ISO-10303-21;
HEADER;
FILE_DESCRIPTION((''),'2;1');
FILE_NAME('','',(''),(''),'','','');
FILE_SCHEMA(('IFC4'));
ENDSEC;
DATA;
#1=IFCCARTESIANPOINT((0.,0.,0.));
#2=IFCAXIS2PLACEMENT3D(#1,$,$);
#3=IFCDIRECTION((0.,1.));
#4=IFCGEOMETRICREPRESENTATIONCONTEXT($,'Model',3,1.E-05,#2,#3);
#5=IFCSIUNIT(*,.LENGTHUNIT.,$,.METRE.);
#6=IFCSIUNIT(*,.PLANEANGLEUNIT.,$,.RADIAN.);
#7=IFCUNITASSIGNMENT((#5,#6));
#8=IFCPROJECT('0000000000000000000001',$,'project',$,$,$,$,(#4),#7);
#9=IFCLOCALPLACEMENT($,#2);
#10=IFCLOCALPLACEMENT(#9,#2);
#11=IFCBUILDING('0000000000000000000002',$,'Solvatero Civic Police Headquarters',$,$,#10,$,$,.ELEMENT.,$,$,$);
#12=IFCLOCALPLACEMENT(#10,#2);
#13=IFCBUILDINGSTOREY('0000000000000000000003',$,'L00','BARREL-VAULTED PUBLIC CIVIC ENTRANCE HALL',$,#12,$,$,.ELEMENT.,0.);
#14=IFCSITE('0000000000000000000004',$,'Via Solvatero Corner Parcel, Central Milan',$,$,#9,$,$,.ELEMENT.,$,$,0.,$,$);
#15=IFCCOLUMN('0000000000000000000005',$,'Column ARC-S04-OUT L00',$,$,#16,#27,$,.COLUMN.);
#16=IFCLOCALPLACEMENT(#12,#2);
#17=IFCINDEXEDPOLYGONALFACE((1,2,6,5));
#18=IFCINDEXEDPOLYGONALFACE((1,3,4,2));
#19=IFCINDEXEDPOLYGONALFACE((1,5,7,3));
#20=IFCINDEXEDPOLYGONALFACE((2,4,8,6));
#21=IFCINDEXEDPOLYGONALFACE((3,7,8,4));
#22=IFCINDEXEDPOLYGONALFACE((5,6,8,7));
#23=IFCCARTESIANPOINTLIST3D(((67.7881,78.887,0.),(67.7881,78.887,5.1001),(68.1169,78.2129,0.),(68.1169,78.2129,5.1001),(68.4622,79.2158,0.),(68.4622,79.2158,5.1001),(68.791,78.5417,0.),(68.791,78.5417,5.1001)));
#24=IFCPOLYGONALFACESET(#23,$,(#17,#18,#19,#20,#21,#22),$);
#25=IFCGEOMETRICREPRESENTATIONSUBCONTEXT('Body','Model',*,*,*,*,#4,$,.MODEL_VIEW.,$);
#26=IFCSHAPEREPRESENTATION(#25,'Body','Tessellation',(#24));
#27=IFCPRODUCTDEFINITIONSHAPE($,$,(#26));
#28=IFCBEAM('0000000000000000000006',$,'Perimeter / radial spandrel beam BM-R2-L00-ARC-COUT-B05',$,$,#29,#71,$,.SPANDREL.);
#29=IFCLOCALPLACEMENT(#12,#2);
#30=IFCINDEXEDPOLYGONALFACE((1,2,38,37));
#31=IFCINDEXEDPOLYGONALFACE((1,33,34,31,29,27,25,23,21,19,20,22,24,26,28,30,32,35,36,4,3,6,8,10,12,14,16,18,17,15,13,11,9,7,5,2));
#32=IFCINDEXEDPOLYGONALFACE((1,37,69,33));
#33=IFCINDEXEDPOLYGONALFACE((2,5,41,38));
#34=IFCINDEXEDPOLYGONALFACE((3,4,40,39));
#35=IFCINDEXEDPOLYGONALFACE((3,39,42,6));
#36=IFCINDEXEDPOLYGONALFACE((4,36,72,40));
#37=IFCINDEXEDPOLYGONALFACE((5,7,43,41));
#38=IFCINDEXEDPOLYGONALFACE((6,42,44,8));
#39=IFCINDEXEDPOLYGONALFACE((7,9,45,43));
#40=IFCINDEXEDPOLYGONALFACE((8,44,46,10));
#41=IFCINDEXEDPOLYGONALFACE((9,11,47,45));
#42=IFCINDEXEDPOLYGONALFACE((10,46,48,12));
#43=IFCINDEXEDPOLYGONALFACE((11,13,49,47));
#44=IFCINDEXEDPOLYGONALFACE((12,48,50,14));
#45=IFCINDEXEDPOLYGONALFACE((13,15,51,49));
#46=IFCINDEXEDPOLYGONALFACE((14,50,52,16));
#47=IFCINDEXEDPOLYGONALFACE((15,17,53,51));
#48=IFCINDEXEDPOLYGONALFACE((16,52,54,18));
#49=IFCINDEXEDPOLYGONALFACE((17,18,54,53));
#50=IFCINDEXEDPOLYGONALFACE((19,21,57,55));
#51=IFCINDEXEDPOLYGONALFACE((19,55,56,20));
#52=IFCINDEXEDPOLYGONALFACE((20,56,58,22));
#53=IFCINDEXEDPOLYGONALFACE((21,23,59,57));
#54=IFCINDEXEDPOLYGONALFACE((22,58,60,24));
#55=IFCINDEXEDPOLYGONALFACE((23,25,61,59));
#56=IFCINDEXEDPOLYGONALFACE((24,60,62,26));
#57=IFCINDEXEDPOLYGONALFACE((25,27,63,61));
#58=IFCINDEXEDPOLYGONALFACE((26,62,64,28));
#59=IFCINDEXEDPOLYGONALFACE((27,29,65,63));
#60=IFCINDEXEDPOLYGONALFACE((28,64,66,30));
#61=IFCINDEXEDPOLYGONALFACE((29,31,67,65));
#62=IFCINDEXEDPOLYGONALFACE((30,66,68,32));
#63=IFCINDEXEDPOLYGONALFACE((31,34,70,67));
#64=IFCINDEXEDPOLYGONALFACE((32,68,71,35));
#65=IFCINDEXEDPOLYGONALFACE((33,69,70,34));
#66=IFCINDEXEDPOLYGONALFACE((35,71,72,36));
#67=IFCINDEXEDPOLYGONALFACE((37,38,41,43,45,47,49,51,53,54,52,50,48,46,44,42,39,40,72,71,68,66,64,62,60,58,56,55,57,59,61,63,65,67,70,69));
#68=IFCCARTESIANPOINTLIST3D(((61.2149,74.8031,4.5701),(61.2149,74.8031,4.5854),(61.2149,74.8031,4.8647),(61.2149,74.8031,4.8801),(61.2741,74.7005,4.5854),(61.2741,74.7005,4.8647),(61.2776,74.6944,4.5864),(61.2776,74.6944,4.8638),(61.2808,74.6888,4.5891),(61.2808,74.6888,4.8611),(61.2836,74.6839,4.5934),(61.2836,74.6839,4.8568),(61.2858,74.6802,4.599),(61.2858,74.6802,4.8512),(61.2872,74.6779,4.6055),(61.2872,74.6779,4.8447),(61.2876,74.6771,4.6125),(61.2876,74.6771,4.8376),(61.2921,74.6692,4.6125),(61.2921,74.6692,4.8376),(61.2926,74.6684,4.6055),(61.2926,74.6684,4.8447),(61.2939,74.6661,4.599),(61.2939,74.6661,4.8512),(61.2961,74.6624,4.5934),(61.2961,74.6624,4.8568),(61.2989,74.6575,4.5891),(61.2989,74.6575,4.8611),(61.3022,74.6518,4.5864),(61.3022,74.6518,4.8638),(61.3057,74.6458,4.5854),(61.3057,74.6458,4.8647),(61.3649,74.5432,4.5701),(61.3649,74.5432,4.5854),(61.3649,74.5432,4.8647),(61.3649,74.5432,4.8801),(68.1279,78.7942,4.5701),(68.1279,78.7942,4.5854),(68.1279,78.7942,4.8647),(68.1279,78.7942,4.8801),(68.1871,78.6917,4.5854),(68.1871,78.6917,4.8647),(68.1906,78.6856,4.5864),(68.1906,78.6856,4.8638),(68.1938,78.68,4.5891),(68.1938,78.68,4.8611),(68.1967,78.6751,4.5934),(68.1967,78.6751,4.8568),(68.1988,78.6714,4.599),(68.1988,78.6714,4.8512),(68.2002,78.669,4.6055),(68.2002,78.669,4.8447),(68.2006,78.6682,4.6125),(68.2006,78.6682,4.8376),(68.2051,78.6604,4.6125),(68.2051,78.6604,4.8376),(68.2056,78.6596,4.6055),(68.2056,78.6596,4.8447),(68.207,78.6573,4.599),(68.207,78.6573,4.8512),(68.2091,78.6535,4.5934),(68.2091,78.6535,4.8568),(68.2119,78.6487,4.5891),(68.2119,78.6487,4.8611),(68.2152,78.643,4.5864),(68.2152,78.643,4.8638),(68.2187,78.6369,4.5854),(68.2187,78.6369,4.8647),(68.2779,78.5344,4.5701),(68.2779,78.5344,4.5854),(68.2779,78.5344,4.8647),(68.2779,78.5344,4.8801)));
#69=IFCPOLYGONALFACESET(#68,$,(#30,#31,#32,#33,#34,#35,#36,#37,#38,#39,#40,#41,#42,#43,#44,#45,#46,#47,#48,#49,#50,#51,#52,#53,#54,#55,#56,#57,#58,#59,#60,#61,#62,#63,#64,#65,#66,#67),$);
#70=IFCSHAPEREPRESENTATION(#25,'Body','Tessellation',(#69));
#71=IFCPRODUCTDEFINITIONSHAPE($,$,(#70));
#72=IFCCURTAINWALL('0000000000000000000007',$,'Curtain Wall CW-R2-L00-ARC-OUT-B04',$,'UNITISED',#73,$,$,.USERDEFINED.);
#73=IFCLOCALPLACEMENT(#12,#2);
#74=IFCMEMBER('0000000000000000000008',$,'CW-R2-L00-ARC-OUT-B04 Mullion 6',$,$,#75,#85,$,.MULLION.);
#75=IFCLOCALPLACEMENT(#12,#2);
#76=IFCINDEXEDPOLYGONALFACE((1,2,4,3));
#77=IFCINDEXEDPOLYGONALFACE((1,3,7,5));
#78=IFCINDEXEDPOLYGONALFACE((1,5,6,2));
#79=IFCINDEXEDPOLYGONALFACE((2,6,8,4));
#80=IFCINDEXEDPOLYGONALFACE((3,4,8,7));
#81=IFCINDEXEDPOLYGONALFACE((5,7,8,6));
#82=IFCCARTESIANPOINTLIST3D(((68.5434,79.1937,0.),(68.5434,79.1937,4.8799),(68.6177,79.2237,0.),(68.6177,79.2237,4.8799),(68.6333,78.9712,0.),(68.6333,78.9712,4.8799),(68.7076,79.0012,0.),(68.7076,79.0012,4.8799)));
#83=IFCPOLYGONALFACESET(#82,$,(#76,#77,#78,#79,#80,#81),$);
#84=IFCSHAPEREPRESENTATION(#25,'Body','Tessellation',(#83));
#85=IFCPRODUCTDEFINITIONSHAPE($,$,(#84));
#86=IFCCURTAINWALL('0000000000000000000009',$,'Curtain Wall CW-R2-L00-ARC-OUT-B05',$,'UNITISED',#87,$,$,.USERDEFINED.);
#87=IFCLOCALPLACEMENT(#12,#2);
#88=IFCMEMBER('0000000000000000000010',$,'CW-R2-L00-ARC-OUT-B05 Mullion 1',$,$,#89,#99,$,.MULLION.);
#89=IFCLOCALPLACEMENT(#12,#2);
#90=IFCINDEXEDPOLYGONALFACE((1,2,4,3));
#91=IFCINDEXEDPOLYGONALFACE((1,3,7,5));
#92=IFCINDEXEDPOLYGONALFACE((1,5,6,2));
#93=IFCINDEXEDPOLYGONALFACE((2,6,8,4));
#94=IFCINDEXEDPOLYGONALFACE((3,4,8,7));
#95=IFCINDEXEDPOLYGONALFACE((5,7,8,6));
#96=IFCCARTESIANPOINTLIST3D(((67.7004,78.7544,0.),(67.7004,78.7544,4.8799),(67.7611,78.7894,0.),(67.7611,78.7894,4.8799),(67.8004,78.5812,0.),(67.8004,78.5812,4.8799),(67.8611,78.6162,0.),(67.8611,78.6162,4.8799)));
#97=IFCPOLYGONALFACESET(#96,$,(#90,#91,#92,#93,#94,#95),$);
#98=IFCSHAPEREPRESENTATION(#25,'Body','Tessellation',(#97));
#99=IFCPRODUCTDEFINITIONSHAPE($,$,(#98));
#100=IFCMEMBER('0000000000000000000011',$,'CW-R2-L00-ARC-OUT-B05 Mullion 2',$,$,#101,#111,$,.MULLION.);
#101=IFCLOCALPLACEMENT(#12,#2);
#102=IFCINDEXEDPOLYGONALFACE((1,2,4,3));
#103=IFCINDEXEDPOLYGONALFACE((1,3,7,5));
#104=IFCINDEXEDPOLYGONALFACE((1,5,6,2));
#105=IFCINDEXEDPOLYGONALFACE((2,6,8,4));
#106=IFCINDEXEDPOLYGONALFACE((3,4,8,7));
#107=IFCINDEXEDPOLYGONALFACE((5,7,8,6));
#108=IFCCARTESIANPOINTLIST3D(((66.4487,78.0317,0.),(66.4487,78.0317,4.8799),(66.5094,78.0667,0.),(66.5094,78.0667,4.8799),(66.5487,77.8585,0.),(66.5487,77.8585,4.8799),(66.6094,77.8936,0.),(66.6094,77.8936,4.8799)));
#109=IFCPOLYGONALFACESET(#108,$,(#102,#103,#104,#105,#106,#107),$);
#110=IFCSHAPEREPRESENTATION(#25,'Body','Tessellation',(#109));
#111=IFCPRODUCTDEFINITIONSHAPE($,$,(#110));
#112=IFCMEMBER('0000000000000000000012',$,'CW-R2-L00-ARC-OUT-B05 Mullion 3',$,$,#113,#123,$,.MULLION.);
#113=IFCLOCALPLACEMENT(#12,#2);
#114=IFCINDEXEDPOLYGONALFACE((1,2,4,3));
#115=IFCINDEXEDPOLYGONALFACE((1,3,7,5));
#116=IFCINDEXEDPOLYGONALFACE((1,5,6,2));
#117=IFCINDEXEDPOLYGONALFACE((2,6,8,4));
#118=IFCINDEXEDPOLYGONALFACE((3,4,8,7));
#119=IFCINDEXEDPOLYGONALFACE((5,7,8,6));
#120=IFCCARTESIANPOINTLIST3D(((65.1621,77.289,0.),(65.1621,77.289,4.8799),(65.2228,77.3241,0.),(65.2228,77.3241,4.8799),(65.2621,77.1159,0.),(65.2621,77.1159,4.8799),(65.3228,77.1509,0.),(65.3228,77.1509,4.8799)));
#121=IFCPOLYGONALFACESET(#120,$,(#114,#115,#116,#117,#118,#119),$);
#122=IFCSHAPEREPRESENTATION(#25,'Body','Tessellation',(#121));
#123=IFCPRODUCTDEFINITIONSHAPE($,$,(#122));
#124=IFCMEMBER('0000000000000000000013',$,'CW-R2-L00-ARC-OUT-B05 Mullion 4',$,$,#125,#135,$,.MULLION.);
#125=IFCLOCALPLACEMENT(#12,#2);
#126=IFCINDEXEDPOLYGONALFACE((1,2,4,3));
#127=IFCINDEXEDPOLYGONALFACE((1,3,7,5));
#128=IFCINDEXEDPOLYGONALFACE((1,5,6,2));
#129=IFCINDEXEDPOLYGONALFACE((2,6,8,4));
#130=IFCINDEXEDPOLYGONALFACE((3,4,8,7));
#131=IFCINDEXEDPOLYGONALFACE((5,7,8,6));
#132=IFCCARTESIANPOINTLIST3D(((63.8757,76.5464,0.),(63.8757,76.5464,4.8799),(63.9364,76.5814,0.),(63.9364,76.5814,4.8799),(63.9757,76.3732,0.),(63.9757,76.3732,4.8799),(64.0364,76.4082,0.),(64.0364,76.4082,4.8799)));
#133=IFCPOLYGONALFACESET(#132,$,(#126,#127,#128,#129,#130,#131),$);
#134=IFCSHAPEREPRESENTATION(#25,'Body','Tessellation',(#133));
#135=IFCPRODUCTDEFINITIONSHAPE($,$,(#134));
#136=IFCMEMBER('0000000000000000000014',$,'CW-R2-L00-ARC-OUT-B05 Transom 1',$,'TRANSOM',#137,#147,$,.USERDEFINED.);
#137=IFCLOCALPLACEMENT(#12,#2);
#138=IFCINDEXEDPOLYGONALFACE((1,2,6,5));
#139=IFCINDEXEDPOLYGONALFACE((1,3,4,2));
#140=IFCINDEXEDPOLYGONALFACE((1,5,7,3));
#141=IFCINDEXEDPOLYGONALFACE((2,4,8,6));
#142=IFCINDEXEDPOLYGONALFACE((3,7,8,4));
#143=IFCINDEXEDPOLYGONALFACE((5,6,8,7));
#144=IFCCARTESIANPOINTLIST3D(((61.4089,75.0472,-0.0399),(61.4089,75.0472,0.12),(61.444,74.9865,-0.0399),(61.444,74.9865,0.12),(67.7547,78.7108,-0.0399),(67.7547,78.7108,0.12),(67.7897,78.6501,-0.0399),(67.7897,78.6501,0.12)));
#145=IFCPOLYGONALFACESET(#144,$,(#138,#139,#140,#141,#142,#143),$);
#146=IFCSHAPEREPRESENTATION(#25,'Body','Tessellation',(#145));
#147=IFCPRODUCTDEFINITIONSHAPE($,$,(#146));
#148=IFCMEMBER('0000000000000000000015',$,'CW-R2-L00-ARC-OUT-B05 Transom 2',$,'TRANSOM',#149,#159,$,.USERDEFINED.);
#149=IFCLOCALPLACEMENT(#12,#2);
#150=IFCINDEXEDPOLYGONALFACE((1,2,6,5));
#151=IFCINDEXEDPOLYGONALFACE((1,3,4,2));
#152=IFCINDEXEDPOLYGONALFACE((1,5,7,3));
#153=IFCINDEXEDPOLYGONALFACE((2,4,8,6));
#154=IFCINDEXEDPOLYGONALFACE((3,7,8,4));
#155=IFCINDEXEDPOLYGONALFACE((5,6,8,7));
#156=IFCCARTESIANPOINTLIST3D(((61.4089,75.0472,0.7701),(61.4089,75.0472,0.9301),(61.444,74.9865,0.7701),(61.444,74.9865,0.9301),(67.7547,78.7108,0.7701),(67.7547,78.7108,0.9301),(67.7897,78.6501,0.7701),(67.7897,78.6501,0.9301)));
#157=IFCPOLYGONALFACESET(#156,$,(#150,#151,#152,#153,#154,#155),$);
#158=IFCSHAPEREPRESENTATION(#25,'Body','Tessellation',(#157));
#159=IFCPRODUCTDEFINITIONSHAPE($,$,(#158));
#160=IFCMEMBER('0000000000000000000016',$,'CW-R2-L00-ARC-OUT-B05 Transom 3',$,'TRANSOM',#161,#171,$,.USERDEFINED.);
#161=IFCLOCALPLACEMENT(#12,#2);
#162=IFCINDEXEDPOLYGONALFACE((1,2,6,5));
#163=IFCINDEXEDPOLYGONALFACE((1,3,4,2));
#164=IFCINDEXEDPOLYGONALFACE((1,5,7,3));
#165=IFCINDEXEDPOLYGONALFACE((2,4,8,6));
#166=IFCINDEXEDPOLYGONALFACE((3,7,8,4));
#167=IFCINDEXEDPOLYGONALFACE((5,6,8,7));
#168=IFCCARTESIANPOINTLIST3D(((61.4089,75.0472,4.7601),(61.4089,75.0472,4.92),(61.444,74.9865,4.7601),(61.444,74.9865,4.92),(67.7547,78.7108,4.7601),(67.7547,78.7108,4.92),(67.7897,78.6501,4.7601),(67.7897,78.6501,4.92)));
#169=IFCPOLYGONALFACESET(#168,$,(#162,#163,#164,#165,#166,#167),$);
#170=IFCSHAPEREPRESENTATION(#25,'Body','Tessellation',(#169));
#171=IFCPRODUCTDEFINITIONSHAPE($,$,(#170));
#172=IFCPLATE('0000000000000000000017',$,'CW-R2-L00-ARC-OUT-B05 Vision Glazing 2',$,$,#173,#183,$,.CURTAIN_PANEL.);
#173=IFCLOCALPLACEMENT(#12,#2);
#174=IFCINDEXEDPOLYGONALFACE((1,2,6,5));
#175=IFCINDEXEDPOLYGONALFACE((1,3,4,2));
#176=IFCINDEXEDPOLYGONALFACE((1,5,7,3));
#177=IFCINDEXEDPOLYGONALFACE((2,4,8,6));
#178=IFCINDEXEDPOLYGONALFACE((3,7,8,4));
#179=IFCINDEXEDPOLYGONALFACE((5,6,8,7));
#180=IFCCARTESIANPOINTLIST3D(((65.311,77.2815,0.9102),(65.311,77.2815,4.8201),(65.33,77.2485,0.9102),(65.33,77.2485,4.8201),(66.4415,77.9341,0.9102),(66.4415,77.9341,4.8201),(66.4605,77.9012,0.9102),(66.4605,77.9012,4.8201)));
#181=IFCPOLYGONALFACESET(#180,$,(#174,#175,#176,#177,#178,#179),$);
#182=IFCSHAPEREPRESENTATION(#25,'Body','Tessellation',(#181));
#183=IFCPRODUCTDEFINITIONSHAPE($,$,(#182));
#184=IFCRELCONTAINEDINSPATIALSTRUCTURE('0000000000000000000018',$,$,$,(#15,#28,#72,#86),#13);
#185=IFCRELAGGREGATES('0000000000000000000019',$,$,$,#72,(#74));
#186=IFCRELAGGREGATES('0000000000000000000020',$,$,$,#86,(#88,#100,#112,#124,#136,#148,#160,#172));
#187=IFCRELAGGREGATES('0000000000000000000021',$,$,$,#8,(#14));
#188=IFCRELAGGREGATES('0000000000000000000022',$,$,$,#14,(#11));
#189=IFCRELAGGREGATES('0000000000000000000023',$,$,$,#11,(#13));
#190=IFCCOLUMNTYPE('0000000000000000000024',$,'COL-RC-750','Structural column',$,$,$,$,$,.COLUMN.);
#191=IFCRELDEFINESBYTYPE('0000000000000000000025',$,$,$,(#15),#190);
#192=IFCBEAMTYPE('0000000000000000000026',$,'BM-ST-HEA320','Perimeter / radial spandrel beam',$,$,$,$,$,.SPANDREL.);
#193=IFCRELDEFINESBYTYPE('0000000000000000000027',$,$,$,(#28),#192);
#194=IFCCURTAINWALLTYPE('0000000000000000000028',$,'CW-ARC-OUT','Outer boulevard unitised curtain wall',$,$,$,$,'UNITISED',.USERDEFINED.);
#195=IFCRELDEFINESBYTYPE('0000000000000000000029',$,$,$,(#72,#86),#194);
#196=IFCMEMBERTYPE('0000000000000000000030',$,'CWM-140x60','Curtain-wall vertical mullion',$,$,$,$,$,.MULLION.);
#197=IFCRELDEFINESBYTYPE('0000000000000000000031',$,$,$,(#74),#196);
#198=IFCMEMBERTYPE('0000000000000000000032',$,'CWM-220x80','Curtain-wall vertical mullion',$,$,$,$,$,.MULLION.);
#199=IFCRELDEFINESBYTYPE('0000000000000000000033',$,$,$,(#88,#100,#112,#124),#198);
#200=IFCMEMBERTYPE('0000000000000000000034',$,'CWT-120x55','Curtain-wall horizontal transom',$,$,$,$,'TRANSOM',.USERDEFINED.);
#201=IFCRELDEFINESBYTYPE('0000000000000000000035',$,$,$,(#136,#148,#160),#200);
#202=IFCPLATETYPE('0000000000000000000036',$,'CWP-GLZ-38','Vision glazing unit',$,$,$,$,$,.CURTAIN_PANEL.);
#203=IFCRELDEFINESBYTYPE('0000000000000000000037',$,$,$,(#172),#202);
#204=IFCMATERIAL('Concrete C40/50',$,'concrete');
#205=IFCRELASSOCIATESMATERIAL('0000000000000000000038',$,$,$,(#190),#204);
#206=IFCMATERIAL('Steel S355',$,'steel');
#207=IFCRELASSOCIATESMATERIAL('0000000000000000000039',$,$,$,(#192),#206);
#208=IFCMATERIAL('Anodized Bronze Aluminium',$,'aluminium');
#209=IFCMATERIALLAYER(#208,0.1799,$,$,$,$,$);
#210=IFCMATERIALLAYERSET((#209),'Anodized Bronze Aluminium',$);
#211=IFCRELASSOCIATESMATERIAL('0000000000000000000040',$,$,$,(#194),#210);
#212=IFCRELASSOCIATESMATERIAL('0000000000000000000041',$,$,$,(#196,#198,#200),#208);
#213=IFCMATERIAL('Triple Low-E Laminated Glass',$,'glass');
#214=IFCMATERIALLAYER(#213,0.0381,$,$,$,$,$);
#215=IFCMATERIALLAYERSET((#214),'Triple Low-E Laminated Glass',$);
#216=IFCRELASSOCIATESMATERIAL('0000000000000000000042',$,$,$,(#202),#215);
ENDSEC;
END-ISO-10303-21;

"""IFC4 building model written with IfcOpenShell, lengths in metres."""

from ifc_helpers import new_model, si_unit, direction, frame, origin, origin_2d, place, context, subcontext, project, spatial, rectangle, i_section, extrude, material, layer, layer_set, material_profile, profile_set, type_object, element, aggregate, save


model = new_model("IFC4")

# Units and contexts
model_context = context("Model", 3, precision=1e-05, world=origin(), true_north=direction((0.0, 1.0)))
body_context = subcontext(model_context, "Body", "Model", "MODEL_VIEW")
ifc_project = project(units=[si_unit("LENGTHUNIT", "METRE"), si_unit("PLANEANGLEUNIT", "RADIAN")], contexts=[model_context])

# Site, building, storey
site_placement = place(None, origin())
site = spatial("IfcSite", under=ifc_project, at=site_placement, Name="Via Solvatero Corner Parcel, Central Milan", CompositionType="ELEMENT", RefElevation=0.0)
building_placement = place(site_placement, origin())
building = spatial("IfcBuilding", under=site, at=building_placement, Name="Solvatero Civic Police Headquarters", CompositionType="ELEMENT")
storey_placement = place(building_placement, origin())
storey = spatial("IfcBuildingStorey", under=building, at=storey_placement, Name="L00", Description="BARREL-VAULTED PUBLIC CIVIC ENTRANCE HALL", CompositionType="ELEMENT", Elevation=0.0)

# Column
ifc_material_1 = material(Name="Concrete C40/50", Category="concrete")
ifc_material_profile_1 = material_profile(ifc_material_1, rectangle(XDim=0.75, YDim=0.75, at=origin_2d()), Name="RC 750x750")
ifc_profile_set_1 = profile_set([ifc_material_profile_1], Name="Concrete C40/50")
column_type = type_object("IfcColumnType", Name="COL-RC-750", Description="Structural column", PredefinedType="COLUMN", material=ifc_profile_set_1)
column_placement = place(storey_placement, frame((68.2896, 78.7144, 0.0), z_axis=(0.0, 0.0, 1.0), x_axis=(0.898794, 0.438371, 0.0)))
element("IfcColumn", 1, at=column_placement, inside=storey, type_object=column_type, Name="Column ARC-S04-OUT L00", PredefinedType="COLUMN", context=body_context, shape_type="SweptSolid", body=[
    extrude(rectangle(XDim=0.75, YDim=0.75, at=origin_2d()), origin(), (0.0, 0.0, 1.0), 5.1001),
])

# Beam
ifc_material_2 = material(Name="Steel S355", Category="steel")
ifc_material_profile_2 = material_profile(ifc_material_2, i_section(OverallWidth=0.3, OverallDepth=0.3101, WebThickness=0.009, FlangeThickness=0.0154, FilletRadius=0.0271, at=origin_2d()), Name="HEA 320")
ifc_profile_set_2 = profile_set([ifc_material_profile_2], Name="Steel S355")
beam_type = type_object("IfcBeamType", Name="BM-ST-HEA320", Description="Perimeter / radial spandrel beam", PredefinedType="SPANDREL", material=ifc_profile_set_2)
beam_placement = place(storey_placement, frame((68.2029, 78.6643, 4.7251), z_axis=(-0.866029, -0.499994, 0.0), x_axis=(0.499994, -0.866029, 0.0)))
element("IfcBeam", 2, at=beam_placement, inside=storey, type_object=beam_type, Name="Perimeter / radial spandrel beam BM-R2-L00-ARC-COUT-B05", PredefinedType="SPANDREL", context=body_context, shape_type="SweptSolid", body=[
    extrude(i_section(OverallWidth=0.3, OverallDepth=0.3101, WebThickness=0.009, FlangeThickness=0.0154, FilletRadius=0.0271, at=origin_2d()), origin(), (0.0, 0.0, 1.0), 7.9824),
])

# Curtain wall, member
ifc_material_3 = material(Name="Anodized Bronze Aluminium", Category="aluminium")
ifc_layer_1 = layer(ifc_material_3, 0.1799)
ifc_layer_set_1 = layer_set([ifc_layer_1], Name="Anodized Bronze Aluminium")
curtain_wall_type = type_object("IfcCurtainWallType", Name="CW-ARC-OUT", Description="Outer boulevard unitised curtain wall", ElementType="UNITISED", PredefinedType="USERDEFINED", material=ifc_layer_set_1)
curtain_wall_1_placement = place(storey_placement, origin())
curtain_wall_1 = element("IfcCurtainWall", 3, at=curtain_wall_1_placement, inside=storey, type_object=curtain_wall_type, Name="Curtain Wall CW-R2-L00-ARC-OUT-B04", ObjectType="UNITISED", PredefinedType="USERDEFINED")
ifc_material_profile_3 = material_profile(ifc_material_3, rectangle(XDim=0.0801, YDim=0.24, at=origin_2d()), Name="ALU MULLION 80x240")
ifc_profile_set_3 = profile_set([ifc_material_profile_3], Name="Anodized Bronze Aluminium")
member_type_1 = type_object("IfcMemberType", Name="CWM-140x60", Description="Curtain-wall vertical mullion", PredefinedType="MULLION", material=ifc_profile_set_3)
member_1_placement = place(storey_placement, frame((68.6255, 79.0974, 0.0), z_axis=(0.0, 0.0, 1.0), x_axis=(-0.927184, -0.374607, 0.0)))
member_1 = element("IfcMember", 4, at=member_1_placement, type_object=member_type_1, Name="CW-R2-L00-ARC-OUT-B04 Mullion 6", PredefinedType="MULLION", context=body_context, shape_type="SweptSolid", body=[
    extrude(rectangle(XDim=0.0801, YDim=0.24, at=origin_2d()), origin(), (0.0, 0.0, 1.0), 4.8799),
])
aggregate(curtain_wall_1, [member_1])

# Curtain wall, members, plate
curtain_wall_2_placement = place(storey_placement, origin())
curtain_wall_2 = element("IfcCurtainWall", 5, at=curtain_wall_2_placement, inside=storey, type_object=curtain_wall_type, Name="Curtain Wall CW-R2-L00-ARC-OUT-B05", ObjectType="UNITISED", PredefinedType="USERDEFINED")
ifc_material_profile_4 = material_profile(ifc_material_3, rectangle(XDim=0.0701, YDim=0.2, at=origin_2d()), Name="ALU MULLION 70x200")
ifc_profile_set_4 = profile_set([ifc_material_profile_4], Name="Anodized Bronze Aluminium")
member_type_2 = type_object("IfcMemberType", Name="CWM-220x80", Description="Curtain-wall vertical mullion", PredefinedType="MULLION", material=ifc_profile_set_4)
member_2_placement = place(storey_placement, frame((67.7808, 78.6853, 0.0), z_axis=(0.0, 0.0, 1.0), x_axis=(-0.866034, -0.499985, 0.0)))
member_2 = element("IfcMember", 6, at=member_2_placement, type_object=member_type_2, Name="CW-R2-L00-ARC-OUT-B05 Mullion 1", PredefinedType="MULLION", context=body_context, shape_type="SweptSolid", body=[
    extrude(rectangle(XDim=0.0701, YDim=0.2, at=origin_2d()), origin(), (0.0, 0.0, 1.0), 4.8799),
])
member_3_placement = place(storey_placement, frame((66.5291, 77.9626, 0.0), z_axis=(0.0, 0.0, 1.0), x_axis=(-0.866034, -0.499985, 0.0)))
member_3 = element("IfcMember", 7, at=member_3_placement, type_object=member_type_2, Name="CW-R2-L00-ARC-OUT-B05 Mullion 2", PredefinedType="MULLION", context=body_context, shape_type="SweptSolid", body=[
    extrude(rectangle(XDim=0.0701, YDim=0.2, at=origin_2d()), origin(), (0.0, 0.0, 1.0), 4.8799),
])
member_4_placement = place(storey_placement, frame((65.2424, 77.22, 0.0), z_axis=(0.0, 0.0, 1.0), x_axis=(-0.866034, -0.499985, 0.0)))
member_4 = element("IfcMember", 8, at=member_4_placement, type_object=member_type_2, Name="CW-R2-L00-ARC-OUT-B05 Mullion 3", PredefinedType="MULLION", context=body_context, shape_type="SweptSolid", body=[
    extrude(rectangle(XDim=0.0701, YDim=0.2, at=origin_2d()), origin(), (0.0, 0.0, 1.0), 4.8799),
])
member_5_placement = place(storey_placement, frame((63.9561, 76.4773, 0.0), z_axis=(0.0, 0.0, 1.0), x_axis=(-0.866034, -0.499985, 0.0)))
member_5 = element("IfcMember", 9, at=member_5_placement, type_object=member_type_2, Name="CW-R2-L00-ARC-OUT-B05 Mullion 4", PredefinedType="MULLION", context=body_context, shape_type="SweptSolid", body=[
    extrude(rectangle(XDim=0.0701, YDim=0.2, at=origin_2d()), origin(), (0.0, 0.0, 1.0), 4.8799),
])
ifc_material_profile_5 = material_profile(ifc_material_3, rectangle(XDim=0.0701, YDim=0.1599, at=origin_2d()), Name="ALU TRANSOM 70x160")
ifc_profile_set_5 = profile_set([ifc_material_profile_5], Name="Anodized Bronze Aluminium")
member_type_3 = type_object("IfcMemberType", Name="CWT-120x55", Description="Curtain-wall horizontal transom", ElementType="TRANSOM", PredefinedType="USERDEFINED", material=ifc_profile_set_5)
member_6_placement = place(storey_placement, frame((67.7722, 78.6804, 0.04), z_axis=(-0.866032, -0.499988, 0.0), x_axis=(0.499988, -0.866032, 0.0)))
member_6 = element("IfcMember", 10, at=member_6_placement, type_object=member_type_3, Name="CW-R2-L00-ARC-OUT-B05 Transom 1", ObjectType="TRANSOM", PredefinedType="USERDEFINED", context=body_context, shape_type="SweptSolid", body=[
    extrude(rectangle(XDim=0.0701, YDim=0.1599, at=origin_2d()), origin(), (0.0, 0.0, 1.0), 7.3274),
])
member_7_placement = place(storey_placement, frame((67.7722, 78.6804, 0.8501), z_axis=(-0.866032, -0.499988, 0.0), x_axis=(0.499988, -0.866032, 0.0)))
member_7 = element("IfcMember", 11, at=member_7_placement, type_object=member_type_3, Name="CW-R2-L00-ARC-OUT-B05 Transom 2", ObjectType="TRANSOM", PredefinedType="USERDEFINED", context=body_context, shape_type="SweptSolid", body=[
    extrude(rectangle(XDim=0.0701, YDim=0.1599, at=origin_2d()), origin(), (0.0, 0.0, 1.0), 7.3274),
])
member_8_placement = place(storey_placement, frame((67.7722, 78.6804, 4.8401), z_axis=(-0.866032, -0.499988, 0.0), x_axis=(0.499988, -0.866032, 0.0)))
member_8 = element("IfcMember", 12, at=member_8_placement, type_object=member_type_3, Name="CW-R2-L00-ARC-OUT-B05 Transom 3", ObjectType="TRANSOM", PredefinedType="USERDEFINED", context=body_context, shape_type="SweptSolid", body=[
    extrude(rectangle(XDim=0.0701, YDim=0.1599, at=origin_2d()), origin(), (0.0, 0.0, 1.0), 7.3274),
])
ifc_material_4 = material(Name="Triple Low-E Laminated Glass", Category="glass")
ifc_layer_2 = layer(ifc_material_4, 0.0381)
ifc_layer_set_2 = layer_set([ifc_layer_2], Name="Triple Low-E Laminated Glass")
plate_type_1 = type_object("IfcPlateType", Name="CWP-GLZ-38", Description="Vision glazing unit", PredefinedType="CURTAIN_PANEL", material=ifc_layer_set_2)
plate_1_placement = place(storey_placement, frame((65.8857, 77.5913, 0.9102), z_axis=(0.0, 0.0, 1.0), x_axis=(-0.866034, -0.499985, 0.0)))
plate_1 = element("IfcPlate", 13, at=plate_1_placement, type_object=plate_type_1, Name="CW-R2-L00-ARC-OUT-B05 Vision Glazing 2", PredefinedType="CURTAIN_PANEL", context=body_context, shape_type="SweptSolid", body=[
    extrude(rectangle(XDim=1.3054, YDim=0.0381, at=origin_2d()), origin(), (0.0, 0.0, 1.0), 3.9099),
])
aggregate(curtain_wall_2, [member_2, member_3, member_4, member_5, member_6, member_7, member_8, plate_1])

save(model, "model.ifc")
